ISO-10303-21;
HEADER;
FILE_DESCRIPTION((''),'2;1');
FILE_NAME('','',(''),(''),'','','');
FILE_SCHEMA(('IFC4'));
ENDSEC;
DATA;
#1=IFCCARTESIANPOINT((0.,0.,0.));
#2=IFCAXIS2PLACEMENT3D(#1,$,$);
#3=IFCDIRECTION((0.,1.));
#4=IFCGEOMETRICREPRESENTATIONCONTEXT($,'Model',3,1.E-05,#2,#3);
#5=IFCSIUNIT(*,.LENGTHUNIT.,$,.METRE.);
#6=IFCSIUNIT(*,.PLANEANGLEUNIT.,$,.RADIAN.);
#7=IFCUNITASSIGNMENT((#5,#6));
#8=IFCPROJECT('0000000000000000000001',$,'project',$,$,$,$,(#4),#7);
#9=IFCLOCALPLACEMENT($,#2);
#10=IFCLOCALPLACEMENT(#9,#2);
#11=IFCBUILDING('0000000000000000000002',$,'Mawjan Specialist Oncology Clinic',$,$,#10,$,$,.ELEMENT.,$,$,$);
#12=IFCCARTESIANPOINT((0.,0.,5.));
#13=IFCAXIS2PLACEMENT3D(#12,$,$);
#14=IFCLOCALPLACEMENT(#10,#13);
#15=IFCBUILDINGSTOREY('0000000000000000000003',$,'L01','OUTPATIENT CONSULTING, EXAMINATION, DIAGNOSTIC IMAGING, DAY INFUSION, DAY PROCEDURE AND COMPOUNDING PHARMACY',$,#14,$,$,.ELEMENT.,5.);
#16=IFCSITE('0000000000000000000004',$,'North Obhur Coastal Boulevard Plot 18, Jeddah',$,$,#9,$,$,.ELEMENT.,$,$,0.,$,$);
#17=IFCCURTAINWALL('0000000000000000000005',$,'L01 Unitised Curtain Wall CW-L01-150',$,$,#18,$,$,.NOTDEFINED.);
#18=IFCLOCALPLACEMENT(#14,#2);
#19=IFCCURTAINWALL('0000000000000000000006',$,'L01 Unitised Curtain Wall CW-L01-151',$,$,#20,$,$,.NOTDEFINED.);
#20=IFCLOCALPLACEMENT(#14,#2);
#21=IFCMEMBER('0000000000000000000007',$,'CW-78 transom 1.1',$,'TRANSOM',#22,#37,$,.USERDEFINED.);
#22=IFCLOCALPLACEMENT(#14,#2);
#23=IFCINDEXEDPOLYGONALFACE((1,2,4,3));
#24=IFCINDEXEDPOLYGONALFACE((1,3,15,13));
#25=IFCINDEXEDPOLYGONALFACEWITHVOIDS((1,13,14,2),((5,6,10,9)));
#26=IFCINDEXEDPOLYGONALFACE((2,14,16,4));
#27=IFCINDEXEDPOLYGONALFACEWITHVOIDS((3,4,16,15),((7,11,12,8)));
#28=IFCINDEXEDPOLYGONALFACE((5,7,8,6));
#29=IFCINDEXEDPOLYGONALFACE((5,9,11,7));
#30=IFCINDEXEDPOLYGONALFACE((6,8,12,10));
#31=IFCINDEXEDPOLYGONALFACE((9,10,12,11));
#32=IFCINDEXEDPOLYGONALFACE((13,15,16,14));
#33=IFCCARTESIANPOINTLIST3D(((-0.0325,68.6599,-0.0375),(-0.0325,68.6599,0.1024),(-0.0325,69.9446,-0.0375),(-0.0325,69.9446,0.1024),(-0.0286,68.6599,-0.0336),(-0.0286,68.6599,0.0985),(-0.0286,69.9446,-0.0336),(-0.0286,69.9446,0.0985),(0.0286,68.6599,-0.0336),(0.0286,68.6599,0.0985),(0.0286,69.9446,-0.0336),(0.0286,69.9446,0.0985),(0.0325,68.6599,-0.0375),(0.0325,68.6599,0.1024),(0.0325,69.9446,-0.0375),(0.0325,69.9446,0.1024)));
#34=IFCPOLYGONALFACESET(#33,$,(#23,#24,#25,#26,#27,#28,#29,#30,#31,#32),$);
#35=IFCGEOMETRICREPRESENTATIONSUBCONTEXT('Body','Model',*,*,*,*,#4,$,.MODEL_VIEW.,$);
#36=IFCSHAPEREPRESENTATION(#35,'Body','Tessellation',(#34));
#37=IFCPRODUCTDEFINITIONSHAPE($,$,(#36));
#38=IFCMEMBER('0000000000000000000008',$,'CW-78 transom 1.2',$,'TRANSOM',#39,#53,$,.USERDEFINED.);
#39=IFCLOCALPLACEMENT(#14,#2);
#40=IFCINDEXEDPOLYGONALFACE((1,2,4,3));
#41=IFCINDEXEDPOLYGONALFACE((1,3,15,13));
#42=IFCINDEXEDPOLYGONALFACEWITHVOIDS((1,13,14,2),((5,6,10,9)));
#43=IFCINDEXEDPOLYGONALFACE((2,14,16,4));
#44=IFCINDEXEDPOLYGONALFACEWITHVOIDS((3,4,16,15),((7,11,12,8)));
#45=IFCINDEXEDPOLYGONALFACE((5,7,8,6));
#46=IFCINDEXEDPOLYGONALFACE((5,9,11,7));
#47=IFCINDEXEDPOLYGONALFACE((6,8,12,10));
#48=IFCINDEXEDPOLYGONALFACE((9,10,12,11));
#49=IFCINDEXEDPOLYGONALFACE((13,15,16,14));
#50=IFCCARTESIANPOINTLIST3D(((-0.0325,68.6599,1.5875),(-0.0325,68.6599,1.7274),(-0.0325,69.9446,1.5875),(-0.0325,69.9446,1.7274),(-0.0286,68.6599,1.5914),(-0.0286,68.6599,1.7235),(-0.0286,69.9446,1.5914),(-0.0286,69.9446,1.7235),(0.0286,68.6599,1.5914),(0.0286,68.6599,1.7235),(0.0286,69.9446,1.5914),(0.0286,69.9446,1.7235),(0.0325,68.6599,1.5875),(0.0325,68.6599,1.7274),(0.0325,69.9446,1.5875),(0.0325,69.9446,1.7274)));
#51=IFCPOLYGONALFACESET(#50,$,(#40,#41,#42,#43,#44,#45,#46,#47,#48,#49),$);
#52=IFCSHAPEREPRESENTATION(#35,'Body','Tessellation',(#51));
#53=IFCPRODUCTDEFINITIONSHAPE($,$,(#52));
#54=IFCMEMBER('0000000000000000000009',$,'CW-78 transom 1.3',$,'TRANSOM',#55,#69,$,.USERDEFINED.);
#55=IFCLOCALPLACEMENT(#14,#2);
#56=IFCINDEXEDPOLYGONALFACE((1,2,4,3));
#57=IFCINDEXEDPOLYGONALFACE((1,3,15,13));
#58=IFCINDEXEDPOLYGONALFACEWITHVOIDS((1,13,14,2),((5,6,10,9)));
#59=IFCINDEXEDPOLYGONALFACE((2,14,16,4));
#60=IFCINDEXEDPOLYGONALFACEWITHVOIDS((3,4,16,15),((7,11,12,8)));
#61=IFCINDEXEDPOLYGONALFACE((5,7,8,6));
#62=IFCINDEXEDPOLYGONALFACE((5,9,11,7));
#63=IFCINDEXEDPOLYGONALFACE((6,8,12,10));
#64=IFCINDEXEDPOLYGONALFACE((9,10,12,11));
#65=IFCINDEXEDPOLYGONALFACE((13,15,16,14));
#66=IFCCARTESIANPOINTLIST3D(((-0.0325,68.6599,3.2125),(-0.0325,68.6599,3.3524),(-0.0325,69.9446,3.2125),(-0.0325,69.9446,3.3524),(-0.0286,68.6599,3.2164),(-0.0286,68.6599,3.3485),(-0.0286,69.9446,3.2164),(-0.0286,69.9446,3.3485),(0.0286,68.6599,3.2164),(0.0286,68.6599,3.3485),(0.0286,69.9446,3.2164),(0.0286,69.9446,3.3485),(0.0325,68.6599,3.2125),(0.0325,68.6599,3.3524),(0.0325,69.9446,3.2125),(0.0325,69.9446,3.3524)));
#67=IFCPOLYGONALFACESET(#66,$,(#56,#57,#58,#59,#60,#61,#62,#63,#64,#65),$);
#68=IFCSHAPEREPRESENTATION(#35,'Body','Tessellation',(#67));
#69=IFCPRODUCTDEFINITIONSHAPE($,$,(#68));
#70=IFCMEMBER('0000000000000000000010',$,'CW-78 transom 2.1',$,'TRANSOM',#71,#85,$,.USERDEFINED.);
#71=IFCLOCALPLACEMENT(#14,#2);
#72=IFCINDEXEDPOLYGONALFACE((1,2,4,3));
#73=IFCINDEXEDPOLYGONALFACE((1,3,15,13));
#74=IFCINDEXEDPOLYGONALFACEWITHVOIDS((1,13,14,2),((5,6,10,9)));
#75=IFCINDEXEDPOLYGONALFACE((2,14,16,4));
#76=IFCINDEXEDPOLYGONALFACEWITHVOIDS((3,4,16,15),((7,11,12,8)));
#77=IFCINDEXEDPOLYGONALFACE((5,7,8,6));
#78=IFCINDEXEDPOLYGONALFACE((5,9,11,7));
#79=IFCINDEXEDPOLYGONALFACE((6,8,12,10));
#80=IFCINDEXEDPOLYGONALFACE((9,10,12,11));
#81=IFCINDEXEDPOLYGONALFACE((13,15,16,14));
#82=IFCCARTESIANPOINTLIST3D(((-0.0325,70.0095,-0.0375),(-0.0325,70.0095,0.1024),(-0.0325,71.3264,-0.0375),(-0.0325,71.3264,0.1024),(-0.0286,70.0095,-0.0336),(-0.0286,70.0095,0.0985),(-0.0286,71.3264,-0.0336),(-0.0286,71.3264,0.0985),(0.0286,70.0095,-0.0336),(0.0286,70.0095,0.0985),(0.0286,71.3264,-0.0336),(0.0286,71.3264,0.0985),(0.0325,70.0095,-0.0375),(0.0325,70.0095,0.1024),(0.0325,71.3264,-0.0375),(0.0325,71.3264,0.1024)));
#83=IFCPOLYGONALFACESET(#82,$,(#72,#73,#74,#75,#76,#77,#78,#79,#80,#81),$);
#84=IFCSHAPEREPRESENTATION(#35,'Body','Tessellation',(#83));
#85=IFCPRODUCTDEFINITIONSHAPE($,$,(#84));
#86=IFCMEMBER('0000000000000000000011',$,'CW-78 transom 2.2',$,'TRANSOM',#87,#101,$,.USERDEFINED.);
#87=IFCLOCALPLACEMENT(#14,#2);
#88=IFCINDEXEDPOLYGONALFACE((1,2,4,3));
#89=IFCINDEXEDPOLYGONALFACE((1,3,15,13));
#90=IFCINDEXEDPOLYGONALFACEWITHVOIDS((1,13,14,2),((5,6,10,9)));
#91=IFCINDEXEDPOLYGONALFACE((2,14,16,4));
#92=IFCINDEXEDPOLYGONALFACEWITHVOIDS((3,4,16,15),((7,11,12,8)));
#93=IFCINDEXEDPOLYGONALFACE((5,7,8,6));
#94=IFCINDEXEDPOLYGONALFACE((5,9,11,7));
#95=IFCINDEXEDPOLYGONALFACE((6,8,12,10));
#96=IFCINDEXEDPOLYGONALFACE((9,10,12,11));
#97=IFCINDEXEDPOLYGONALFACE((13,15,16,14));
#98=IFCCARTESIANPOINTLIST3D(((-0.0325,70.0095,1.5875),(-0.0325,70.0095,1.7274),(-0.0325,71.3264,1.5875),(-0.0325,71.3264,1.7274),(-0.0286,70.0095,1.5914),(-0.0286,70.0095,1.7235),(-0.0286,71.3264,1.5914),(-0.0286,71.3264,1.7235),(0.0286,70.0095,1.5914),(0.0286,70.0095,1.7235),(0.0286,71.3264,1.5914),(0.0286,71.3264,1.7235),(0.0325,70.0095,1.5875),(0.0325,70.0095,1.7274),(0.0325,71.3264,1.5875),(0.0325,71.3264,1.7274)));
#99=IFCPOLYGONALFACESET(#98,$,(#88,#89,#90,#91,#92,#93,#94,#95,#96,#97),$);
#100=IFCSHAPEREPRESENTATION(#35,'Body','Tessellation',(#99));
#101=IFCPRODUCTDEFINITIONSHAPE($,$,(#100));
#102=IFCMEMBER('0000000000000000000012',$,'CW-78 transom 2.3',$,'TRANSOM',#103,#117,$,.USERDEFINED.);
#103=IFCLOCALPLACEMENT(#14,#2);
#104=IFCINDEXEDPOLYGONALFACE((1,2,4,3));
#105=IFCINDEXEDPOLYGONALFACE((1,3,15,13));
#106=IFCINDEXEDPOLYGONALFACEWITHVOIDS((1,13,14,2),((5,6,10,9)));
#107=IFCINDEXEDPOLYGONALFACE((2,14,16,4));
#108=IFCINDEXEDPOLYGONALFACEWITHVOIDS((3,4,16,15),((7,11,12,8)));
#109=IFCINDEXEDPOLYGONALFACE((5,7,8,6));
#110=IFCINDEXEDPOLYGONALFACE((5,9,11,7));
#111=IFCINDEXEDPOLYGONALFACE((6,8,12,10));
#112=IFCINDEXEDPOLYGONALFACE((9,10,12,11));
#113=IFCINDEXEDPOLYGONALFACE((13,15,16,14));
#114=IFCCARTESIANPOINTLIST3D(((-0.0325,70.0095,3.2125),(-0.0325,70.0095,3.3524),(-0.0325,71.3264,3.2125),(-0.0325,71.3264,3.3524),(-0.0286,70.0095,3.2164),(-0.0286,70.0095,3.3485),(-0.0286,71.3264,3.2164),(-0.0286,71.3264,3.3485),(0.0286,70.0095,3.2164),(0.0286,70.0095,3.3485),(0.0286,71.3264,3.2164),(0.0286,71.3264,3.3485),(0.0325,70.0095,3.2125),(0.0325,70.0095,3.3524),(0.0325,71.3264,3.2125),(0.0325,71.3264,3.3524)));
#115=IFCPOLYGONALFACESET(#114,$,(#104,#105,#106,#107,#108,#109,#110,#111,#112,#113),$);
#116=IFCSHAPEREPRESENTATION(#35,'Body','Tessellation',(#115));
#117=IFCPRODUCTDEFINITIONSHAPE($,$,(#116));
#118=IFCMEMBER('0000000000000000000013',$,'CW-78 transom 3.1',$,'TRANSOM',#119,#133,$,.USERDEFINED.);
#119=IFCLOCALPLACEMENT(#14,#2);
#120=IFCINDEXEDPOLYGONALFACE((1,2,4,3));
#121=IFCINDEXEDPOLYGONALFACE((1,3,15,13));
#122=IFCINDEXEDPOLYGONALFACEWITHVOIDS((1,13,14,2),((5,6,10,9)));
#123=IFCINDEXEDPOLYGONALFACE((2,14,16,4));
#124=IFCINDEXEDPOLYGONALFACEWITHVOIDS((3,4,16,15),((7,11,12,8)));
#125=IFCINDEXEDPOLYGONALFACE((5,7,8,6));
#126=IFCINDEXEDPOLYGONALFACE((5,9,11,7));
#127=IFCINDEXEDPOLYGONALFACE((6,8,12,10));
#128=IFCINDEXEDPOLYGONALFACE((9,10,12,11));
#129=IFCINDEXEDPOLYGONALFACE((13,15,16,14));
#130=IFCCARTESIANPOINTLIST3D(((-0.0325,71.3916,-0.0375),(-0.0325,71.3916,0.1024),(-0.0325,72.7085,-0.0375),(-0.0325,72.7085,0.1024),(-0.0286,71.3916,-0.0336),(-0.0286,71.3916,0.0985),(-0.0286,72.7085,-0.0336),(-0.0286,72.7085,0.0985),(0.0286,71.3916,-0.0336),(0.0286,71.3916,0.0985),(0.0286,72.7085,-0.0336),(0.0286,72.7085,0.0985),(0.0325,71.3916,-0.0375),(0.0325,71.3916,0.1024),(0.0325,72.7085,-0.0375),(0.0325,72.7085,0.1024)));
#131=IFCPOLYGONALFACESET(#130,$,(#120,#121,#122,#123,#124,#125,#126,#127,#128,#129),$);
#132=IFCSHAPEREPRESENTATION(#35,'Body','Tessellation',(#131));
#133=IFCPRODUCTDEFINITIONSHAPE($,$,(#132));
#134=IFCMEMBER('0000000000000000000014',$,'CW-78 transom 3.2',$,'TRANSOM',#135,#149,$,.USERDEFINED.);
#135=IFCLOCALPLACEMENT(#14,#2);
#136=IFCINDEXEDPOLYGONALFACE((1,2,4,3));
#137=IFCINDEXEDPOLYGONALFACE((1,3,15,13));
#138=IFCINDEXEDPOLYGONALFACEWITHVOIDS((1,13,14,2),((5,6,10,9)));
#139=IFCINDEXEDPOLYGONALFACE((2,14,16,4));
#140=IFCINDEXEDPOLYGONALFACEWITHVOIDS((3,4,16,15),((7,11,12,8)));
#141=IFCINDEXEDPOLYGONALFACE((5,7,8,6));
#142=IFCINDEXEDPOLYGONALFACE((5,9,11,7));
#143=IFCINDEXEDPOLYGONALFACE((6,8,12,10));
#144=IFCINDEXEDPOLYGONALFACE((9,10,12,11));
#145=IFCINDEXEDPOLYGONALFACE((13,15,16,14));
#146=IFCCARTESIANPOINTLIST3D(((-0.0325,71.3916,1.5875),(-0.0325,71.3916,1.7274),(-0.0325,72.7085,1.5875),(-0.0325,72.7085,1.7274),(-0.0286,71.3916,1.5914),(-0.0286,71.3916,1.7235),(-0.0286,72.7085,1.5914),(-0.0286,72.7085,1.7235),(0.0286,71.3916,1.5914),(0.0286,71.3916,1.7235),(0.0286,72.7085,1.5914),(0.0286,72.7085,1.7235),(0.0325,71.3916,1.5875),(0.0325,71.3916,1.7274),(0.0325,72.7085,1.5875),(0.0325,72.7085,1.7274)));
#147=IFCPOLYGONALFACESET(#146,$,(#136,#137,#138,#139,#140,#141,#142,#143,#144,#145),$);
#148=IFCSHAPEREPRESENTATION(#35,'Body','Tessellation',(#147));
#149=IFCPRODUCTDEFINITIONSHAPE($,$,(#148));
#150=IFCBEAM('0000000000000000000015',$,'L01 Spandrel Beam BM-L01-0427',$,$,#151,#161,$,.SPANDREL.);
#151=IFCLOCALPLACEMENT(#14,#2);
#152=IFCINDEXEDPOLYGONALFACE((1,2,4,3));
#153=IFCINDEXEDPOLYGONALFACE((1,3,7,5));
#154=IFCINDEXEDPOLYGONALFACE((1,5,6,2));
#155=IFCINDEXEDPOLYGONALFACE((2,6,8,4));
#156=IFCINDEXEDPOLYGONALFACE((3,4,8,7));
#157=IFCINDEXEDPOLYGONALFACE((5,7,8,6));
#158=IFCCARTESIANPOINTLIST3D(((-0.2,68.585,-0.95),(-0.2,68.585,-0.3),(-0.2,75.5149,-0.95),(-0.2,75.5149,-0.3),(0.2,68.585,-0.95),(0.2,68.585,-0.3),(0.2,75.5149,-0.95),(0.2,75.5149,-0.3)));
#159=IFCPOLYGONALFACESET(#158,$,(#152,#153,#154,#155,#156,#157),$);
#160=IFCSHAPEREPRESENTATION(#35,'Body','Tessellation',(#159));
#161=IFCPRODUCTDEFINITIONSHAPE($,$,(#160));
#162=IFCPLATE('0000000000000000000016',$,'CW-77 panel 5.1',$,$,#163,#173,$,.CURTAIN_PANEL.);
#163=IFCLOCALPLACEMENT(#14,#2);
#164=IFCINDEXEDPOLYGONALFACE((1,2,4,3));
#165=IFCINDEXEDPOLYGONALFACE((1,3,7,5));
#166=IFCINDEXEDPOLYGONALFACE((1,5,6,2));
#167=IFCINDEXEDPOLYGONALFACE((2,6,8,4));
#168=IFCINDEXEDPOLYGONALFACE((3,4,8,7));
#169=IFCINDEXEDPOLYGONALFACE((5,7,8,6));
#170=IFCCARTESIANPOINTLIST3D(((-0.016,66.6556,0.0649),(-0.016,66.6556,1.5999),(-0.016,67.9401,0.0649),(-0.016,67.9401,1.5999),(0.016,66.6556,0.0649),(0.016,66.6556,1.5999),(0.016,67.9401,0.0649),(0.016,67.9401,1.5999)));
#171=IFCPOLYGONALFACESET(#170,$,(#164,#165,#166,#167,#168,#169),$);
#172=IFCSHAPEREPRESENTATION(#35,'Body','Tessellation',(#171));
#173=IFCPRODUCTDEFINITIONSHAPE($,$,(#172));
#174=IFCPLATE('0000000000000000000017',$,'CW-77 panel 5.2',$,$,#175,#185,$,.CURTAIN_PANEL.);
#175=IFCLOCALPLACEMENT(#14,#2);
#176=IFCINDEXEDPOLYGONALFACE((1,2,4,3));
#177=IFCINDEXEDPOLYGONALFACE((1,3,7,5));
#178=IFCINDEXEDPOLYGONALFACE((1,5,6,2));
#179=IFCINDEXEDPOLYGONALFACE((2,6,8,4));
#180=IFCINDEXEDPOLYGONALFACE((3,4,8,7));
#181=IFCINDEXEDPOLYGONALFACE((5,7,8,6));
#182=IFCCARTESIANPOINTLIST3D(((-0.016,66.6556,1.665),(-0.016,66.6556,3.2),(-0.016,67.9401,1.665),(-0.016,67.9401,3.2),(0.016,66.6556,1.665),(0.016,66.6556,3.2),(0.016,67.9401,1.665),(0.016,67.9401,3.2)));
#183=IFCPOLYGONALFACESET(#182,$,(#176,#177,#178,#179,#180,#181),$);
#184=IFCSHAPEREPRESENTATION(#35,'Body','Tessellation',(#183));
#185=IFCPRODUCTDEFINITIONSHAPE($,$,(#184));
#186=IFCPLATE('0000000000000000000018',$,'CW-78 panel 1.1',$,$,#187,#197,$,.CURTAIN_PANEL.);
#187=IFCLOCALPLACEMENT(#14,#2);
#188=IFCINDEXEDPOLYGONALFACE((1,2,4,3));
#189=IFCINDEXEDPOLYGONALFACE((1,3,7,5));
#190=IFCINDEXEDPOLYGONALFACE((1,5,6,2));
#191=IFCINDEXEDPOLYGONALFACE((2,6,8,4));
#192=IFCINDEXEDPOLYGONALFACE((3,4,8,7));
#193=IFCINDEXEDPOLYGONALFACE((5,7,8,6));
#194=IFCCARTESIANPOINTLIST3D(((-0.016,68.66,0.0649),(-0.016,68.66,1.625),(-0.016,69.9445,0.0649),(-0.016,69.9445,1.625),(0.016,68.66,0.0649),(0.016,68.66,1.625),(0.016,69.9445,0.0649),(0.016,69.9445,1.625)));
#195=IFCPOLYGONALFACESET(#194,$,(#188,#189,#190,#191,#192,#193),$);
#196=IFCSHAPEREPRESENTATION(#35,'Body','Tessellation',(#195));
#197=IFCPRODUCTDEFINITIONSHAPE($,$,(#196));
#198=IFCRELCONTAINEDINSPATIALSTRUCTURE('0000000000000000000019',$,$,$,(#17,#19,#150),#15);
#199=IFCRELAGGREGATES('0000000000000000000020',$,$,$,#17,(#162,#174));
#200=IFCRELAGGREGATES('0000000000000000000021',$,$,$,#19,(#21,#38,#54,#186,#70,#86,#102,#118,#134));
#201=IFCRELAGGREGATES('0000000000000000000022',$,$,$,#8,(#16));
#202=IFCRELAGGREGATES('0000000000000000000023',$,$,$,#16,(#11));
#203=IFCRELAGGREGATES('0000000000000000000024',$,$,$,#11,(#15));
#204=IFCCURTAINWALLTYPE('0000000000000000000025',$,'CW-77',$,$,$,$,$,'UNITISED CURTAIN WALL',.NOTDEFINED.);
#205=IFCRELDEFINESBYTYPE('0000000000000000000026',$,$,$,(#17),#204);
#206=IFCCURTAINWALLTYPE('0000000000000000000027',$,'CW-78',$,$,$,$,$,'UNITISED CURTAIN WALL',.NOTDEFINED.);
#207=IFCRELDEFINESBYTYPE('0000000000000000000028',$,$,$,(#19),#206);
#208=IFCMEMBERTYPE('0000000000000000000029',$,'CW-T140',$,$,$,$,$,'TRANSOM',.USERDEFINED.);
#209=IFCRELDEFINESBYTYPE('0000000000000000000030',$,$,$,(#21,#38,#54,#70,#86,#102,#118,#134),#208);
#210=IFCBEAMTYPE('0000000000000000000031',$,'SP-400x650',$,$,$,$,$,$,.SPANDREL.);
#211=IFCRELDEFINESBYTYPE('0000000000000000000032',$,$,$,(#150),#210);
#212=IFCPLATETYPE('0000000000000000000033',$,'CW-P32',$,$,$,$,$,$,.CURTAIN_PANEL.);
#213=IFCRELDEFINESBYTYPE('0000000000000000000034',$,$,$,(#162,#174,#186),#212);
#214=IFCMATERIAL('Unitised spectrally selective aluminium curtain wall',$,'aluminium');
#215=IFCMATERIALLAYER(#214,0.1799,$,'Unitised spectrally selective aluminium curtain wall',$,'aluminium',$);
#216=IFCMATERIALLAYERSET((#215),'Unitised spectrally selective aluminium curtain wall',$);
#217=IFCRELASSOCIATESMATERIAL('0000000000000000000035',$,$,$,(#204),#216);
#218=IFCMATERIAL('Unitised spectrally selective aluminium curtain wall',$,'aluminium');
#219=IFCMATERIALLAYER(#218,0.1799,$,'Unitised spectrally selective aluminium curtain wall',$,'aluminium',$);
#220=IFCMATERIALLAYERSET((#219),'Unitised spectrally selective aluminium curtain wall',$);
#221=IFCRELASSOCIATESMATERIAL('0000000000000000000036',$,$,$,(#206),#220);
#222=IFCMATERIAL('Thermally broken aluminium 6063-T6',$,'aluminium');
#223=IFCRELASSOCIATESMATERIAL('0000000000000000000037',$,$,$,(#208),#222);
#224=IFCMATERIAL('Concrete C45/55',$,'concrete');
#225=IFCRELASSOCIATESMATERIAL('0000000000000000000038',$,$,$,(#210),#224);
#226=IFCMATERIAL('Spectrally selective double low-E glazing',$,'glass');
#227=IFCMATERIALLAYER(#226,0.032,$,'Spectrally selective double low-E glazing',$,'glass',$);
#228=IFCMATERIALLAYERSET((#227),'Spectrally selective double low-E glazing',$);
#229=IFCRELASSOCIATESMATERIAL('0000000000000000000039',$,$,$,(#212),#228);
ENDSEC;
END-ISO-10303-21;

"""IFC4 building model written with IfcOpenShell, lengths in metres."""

from ifc_helpers import new_model, si_unit, direction, frame, origin, origin_2d, place, context, subcontext, project, spatial, rectangle, hollow_rectangle, extrude, material, layer, layer_set, material_profile, profile_set, type_object, element, aggregate, save


model = new_model("IFC4")

# Units and contexts
model_context = context("Model", 3, precision=1e-05, world=origin(), true_north=direction((0.0, 1.0)))
body_context = subcontext(model_context, "Body", "Model", "MODEL_VIEW")
ifc_project = project(units=[si_unit("LENGTHUNIT", "METRE"), si_unit("PLANEANGLEUNIT", "RADIAN")], contexts=[model_context])

# Site, building, storey
site_placement = place(None, origin())
site = spatial("IfcSite", under=ifc_project, at=site_placement, Name="North Obhur Coastal Boulevard Plot 18, Jeddah", CompositionType="ELEMENT", RefElevation=0.0)
building_placement = place(site_placement, origin())
building = spatial("IfcBuilding", under=site, at=building_placement, Name="Mawjan Specialist Oncology Clinic", CompositionType="ELEMENT")
storey_placement = place(building_placement, frame((0.0, 0.0, 5.0)))
storey = spatial("IfcBuildingStorey", under=building, at=storey_placement, Name="L01", Description="OUTPATIENT CONSULTING, EXAMINATION, DIAGNOSTIC IMAGING, DAY INFUSION, DAY PROCEDURE AND COMPOUNDING PHARMACY", CompositionType="ELEMENT", Elevation=5.0)

# Curtain wall
ifc_material_1 = material(Name="Unitised spectrally selective aluminium curtain wall", Category="aluminium")
ifc_layer_1 = layer(ifc_material_1, 0.1799, Name="Unitised spectrally selective aluminium curtain wall", Category="aluminium")
ifc_layer_set_1 = layer_set([ifc_layer_1], Name="Unitised spectrally selective aluminium curtain wall")
curtain_wall_type_1 = type_object("IfcCurtainWallType", Name="CW-77", ElementType="UNITISED CURTAIN WALL", PredefinedType="NOTDEFINED", material=ifc_layer_set_1)
curtain_wall_1_placement = place(storey_placement, origin())
curtain_wall_1 = element("IfcCurtainWall", 1, at=curtain_wall_1_placement, inside=storey, type_object=curtain_wall_type_1, Name="L01 Unitised Curtain Wall CW-L01-150", PredefinedType="NOTDEFINED")

# Curtain wall, members
ifc_material_2 = material(Name="Unitised spectrally selective aluminium curtain wall", Category="aluminium")
ifc_layer_2 = layer(ifc_material_2, 0.1799, Name="Unitised spectrally selective aluminium curtain wall", Category="aluminium")
ifc_layer_set_2 = layer_set([ifc_layer_2], Name="Unitised spectrally selective aluminium curtain wall")
curtain_wall_type_2 = type_object("IfcCurtainWallType", Name="CW-78", ElementType="UNITISED CURTAIN WALL", PredefinedType="NOTDEFINED", material=ifc_layer_set_2)
curtain_wall_2_placement = place(storey_placement, origin())
curtain_wall_2 = element("IfcCurtainWall", 2, at=curtain_wall_2_placement, inside=storey, type_object=curtain_wall_type_2, Name="L01 Unitised Curtain Wall CW-L01-151", PredefinedType="NOTDEFINED")
ifc_material_3 = material(Name="Thermally broken aluminium 6063-T6", Category="aluminium")
ifc_material_profile_1 = material_profile(ifc_material_3, hollow_rectangle(XDim=0.0649, YDim=0.1399, WallThickness=0.0039, at=origin_2d()), Name="ALU TRANSOM 140x65x4", Category="aluminium")
ifc_profile_set_1 = profile_set([ifc_material_profile_1], Name="Thermally broken aluminium 6063-T6")
member_type_1 = type_object("IfcMemberType", Name="CW-T140", ElementType="TRANSOM", PredefinedType="USERDEFINED", material=ifc_profile_set_1)
member_1_placement = place(storey_placement, frame((0.0, 68.6599, 0.0325), z_axis=(0.0, 1.0, 0.0), x_axis=(-1.0, 0.0, 0.0)))
member_1 = element("IfcMember", 3, at=member_1_placement, type_object=member_type_1, Name="CW-78 transom 1.1", ObjectType="TRANSOM", PredefinedType="USERDEFINED", context=body_context, shape_type="SweptSolid", body=[
    extrude(hollow_rectangle(XDim=0.0649, YDim=0.1399, WallThickness=0.0039, at=origin_2d()), origin(), (0.0, 0.0, 1.0), 1.2847),
])
member_2_placement = place(storey_placement, frame((0.0, 68.6599, 1.6575), z_axis=(0.0, 1.0, 0.0), x_axis=(-1.0, 0.0, 0.0)))
member_2 = element("IfcMember", 4, at=member_2_placement, type_object=member_type_1, Name="CW-78 transom 1.2", ObjectType="TRANSOM", PredefinedType="USERDEFINED", context=body_context, shape_type="SweptSolid", body=[
    extrude(hollow_rectangle(XDim=0.0649, YDim=0.1399, WallThickness=0.0039, at=origin_2d()), origin(), (0.0, 0.0, 1.0), 1.2847),
])
member_3_placement = place(storey_placement, frame((0.0, 68.6599, 3.2825), z_axis=(0.0, 1.0, 0.0), x_axis=(-1.0, 0.0, 0.0)))
member_3 = element("IfcMember", 5, at=member_3_placement, type_object=member_type_1, Name="CW-78 transom 1.3", ObjectType="TRANSOM", PredefinedType="USERDEFINED", context=body_context, shape_type="SweptSolid", body=[
    extrude(hollow_rectangle(XDim=0.0649, YDim=0.1399, WallThickness=0.0039, at=origin_2d()), origin(), (0.0, 0.0, 1.0), 1.2847),
])
member_4_placement = place(storey_placement, frame((0.0, 70.0095, 0.0325), z_axis=(0.0, 1.0, 0.0), x_axis=(-1.0, 0.0, 0.0)))
member_4 = element("IfcMember", 6, at=member_4_placement, type_object=member_type_1, Name="CW-78 transom 2.1", ObjectType="TRANSOM", PredefinedType="USERDEFINED", context=body_context, shape_type="SweptSolid", body=[
    extrude(hollow_rectangle(XDim=0.0649, YDim=0.1399, WallThickness=0.0039, at=origin_2d()), origin(), (0.0, 0.0, 1.0), 1.3169),
])
member_5_placement = place(storey_placement, frame((0.0, 70.0095, 1.6575), z_axis=(0.0, 1.0, 0.0), x_axis=(-1.0, 0.0, 0.0)))
member_5 = element("IfcMember", 7, at=member_5_placement, type_object=member_type_1, Name="CW-78 transom 2.2", ObjectType="TRANSOM", PredefinedType="USERDEFINED", context=body_context, shape_type="SweptSolid", body=[
    extrude(hollow_rectangle(XDim=0.0649, YDim=0.1399, WallThickness=0.0039, at=origin_2d()), origin(), (0.0, 0.0, 1.0), 1.3169),
])
member_6_placement = place(storey_placement, frame((0.0, 70.0095, 3.2825), z_axis=(0.0, 1.0, 0.0), x_axis=(-1.0, 0.0, 0.0)))
member_6 = element("IfcMember", 8, at=member_6_placement, type_object=member_type_1, Name="CW-78 transom 2.3", ObjectType="TRANSOM", PredefinedType="USERDEFINED", context=body_context, shape_type="SweptSolid", body=[
    extrude(hollow_rectangle(XDim=0.0649, YDim=0.1399, WallThickness=0.0039, at=origin_2d()), origin(), (0.0, 0.0, 1.0), 1.3169),
])
member_7_placement = place(storey_placement, frame((0.0, 71.3916, 0.0325), z_axis=(0.0, 1.0, 0.0), x_axis=(-1.0, 0.0, 0.0)))
member_7 = element("IfcMember", 9, at=member_7_placement, type_object=member_type_1, Name="CW-78 transom 3.1", ObjectType="TRANSOM", PredefinedType="USERDEFINED", context=body_context, shape_type="SweptSolid", body=[
    extrude(hollow_rectangle(XDim=0.0649, YDim=0.1399, WallThickness=0.0039, at=origin_2d()), origin(), (0.0, 0.0, 1.0), 1.3169),
])
member_8_placement = place(storey_placement, frame((0.0, 71.3916, 1.6575), z_axis=(0.0, 1.0, 0.0), x_axis=(-1.0, 0.0, 0.0)))
member_8 = element("IfcMember", 10, at=member_8_placement, type_object=member_type_1, Name="CW-78 transom 3.2", ObjectType="TRANSOM", PredefinedType="USERDEFINED", context=body_context, shape_type="SweptSolid", body=[
    extrude(hollow_rectangle(XDim=0.0649, YDim=0.1399, WallThickness=0.0039, at=origin_2d()), origin(), (0.0, 0.0, 1.0), 1.3169),
])

# Beam
ifc_material_4 = material(Name="Concrete C45/55", Category="concrete")
ifc_material_profile_2 = material_profile(ifc_material_4, rectangle(XDim=0.3999, YDim=0.6499, at=origin_2d()), Name="RC BM 400x650", Category="concrete")
ifc_profile_set_2 = profile_set([ifc_material_profile_2], Name="Concrete C45/55")
beam_type_1 = type_object("IfcBeamType", Name="SP-400x650", PredefinedType="SPANDREL", material=ifc_profile_set_2)
beam_placement = place(storey_placement, frame((0.0, 68.585, -0.625), z_axis=(0.0, 1.0, 0.0), x_axis=(-1.0, 0.0, 0.0)))
element("IfcBeam", 11, at=beam_placement, inside=storey, type_object=beam_type_1, Name="L01 Spandrel Beam BM-L01-0427", PredefinedType="SPANDREL", context=body_context, shape_type="SweptSolid", body=[
    extrude(rectangle(XDim=0.3999, YDim=0.6499, at=origin_2d()), origin(), (0.0, 0.0, 1.0), 6.9299),
])

# Plates
ifc_material_5 = material(Name="Spectrally selective double low-E glazing", Category="glass")
ifc_layer_3 = layer(ifc_material_5, 0.032, Name="Spectrally selective double low-E glazing", Category="glass")
ifc_layer_set_3 = layer_set([ifc_layer_3], Name="Spectrally selective double low-E glazing")
plate_type = type_object("IfcPlateType", Name="CW-P32", PredefinedType="CURTAIN_PANEL", material=ifc_layer_set_3)
plate_1_placement = place(storey_placement, frame((0.0, 67.2979, 0.0649), z_axis=(0.0, 0.0, 1.0), x_axis=(0.0, 1.0, 0.0)))
plate_1 = element("IfcPlate", 12, at=plate_1_placement, type_object=plate_type, Name="CW-77 panel 5.1", PredefinedType="CURTAIN_PANEL", context=body_context, shape_type="SweptSolid", body=[
    extrude(rectangle(XDim=1.2844, YDim=0.032, at=origin_2d()), origin(), (0.0, 0.0, 1.0), 1.5349),
])
plate_2_placement = place(storey_placement, frame((0.0, 67.2979, 1.665), z_axis=(0.0, 0.0, 1.0), x_axis=(0.0, 1.0, 0.0)))
plate_2 = element("IfcPlate", 13, at=plate_2_placement, type_object=plate_type, Name="CW-77 panel 5.2", PredefinedType="CURTAIN_PANEL", context=body_context, shape_type="SweptSolid", body=[
    extrude(rectangle(XDim=1.2844, YDim=0.032, at=origin_2d()), origin(), (0.0, 0.0, 1.0), 1.5349),
])
aggregate(curtain_wall_1, [plate_1, plate_2])
plate_3_placement = place(storey_placement, frame((0.0, 69.3022, 0.0649), z_axis=(0.0, 0.0, 1.0), x_axis=(0.0, 1.0, 0.0)))
plate_3 = element("IfcPlate", 14, at=plate_3_placement, type_object=plate_type, Name="CW-78 panel 1.1", PredefinedType="CURTAIN_PANEL", context=body_context, shape_type="SweptSolid", body=[
    extrude(rectangle(XDim=1.2844, YDim=0.032, at=origin_2d()), origin(), (0.0, 0.0, 1.0), 1.5601),
])
aggregate(curtain_wall_2, [member_1, member_2, member_3, plate_3, member_4, member_5, member_6, member_7, member_8])

save(model, "model.ifc")
